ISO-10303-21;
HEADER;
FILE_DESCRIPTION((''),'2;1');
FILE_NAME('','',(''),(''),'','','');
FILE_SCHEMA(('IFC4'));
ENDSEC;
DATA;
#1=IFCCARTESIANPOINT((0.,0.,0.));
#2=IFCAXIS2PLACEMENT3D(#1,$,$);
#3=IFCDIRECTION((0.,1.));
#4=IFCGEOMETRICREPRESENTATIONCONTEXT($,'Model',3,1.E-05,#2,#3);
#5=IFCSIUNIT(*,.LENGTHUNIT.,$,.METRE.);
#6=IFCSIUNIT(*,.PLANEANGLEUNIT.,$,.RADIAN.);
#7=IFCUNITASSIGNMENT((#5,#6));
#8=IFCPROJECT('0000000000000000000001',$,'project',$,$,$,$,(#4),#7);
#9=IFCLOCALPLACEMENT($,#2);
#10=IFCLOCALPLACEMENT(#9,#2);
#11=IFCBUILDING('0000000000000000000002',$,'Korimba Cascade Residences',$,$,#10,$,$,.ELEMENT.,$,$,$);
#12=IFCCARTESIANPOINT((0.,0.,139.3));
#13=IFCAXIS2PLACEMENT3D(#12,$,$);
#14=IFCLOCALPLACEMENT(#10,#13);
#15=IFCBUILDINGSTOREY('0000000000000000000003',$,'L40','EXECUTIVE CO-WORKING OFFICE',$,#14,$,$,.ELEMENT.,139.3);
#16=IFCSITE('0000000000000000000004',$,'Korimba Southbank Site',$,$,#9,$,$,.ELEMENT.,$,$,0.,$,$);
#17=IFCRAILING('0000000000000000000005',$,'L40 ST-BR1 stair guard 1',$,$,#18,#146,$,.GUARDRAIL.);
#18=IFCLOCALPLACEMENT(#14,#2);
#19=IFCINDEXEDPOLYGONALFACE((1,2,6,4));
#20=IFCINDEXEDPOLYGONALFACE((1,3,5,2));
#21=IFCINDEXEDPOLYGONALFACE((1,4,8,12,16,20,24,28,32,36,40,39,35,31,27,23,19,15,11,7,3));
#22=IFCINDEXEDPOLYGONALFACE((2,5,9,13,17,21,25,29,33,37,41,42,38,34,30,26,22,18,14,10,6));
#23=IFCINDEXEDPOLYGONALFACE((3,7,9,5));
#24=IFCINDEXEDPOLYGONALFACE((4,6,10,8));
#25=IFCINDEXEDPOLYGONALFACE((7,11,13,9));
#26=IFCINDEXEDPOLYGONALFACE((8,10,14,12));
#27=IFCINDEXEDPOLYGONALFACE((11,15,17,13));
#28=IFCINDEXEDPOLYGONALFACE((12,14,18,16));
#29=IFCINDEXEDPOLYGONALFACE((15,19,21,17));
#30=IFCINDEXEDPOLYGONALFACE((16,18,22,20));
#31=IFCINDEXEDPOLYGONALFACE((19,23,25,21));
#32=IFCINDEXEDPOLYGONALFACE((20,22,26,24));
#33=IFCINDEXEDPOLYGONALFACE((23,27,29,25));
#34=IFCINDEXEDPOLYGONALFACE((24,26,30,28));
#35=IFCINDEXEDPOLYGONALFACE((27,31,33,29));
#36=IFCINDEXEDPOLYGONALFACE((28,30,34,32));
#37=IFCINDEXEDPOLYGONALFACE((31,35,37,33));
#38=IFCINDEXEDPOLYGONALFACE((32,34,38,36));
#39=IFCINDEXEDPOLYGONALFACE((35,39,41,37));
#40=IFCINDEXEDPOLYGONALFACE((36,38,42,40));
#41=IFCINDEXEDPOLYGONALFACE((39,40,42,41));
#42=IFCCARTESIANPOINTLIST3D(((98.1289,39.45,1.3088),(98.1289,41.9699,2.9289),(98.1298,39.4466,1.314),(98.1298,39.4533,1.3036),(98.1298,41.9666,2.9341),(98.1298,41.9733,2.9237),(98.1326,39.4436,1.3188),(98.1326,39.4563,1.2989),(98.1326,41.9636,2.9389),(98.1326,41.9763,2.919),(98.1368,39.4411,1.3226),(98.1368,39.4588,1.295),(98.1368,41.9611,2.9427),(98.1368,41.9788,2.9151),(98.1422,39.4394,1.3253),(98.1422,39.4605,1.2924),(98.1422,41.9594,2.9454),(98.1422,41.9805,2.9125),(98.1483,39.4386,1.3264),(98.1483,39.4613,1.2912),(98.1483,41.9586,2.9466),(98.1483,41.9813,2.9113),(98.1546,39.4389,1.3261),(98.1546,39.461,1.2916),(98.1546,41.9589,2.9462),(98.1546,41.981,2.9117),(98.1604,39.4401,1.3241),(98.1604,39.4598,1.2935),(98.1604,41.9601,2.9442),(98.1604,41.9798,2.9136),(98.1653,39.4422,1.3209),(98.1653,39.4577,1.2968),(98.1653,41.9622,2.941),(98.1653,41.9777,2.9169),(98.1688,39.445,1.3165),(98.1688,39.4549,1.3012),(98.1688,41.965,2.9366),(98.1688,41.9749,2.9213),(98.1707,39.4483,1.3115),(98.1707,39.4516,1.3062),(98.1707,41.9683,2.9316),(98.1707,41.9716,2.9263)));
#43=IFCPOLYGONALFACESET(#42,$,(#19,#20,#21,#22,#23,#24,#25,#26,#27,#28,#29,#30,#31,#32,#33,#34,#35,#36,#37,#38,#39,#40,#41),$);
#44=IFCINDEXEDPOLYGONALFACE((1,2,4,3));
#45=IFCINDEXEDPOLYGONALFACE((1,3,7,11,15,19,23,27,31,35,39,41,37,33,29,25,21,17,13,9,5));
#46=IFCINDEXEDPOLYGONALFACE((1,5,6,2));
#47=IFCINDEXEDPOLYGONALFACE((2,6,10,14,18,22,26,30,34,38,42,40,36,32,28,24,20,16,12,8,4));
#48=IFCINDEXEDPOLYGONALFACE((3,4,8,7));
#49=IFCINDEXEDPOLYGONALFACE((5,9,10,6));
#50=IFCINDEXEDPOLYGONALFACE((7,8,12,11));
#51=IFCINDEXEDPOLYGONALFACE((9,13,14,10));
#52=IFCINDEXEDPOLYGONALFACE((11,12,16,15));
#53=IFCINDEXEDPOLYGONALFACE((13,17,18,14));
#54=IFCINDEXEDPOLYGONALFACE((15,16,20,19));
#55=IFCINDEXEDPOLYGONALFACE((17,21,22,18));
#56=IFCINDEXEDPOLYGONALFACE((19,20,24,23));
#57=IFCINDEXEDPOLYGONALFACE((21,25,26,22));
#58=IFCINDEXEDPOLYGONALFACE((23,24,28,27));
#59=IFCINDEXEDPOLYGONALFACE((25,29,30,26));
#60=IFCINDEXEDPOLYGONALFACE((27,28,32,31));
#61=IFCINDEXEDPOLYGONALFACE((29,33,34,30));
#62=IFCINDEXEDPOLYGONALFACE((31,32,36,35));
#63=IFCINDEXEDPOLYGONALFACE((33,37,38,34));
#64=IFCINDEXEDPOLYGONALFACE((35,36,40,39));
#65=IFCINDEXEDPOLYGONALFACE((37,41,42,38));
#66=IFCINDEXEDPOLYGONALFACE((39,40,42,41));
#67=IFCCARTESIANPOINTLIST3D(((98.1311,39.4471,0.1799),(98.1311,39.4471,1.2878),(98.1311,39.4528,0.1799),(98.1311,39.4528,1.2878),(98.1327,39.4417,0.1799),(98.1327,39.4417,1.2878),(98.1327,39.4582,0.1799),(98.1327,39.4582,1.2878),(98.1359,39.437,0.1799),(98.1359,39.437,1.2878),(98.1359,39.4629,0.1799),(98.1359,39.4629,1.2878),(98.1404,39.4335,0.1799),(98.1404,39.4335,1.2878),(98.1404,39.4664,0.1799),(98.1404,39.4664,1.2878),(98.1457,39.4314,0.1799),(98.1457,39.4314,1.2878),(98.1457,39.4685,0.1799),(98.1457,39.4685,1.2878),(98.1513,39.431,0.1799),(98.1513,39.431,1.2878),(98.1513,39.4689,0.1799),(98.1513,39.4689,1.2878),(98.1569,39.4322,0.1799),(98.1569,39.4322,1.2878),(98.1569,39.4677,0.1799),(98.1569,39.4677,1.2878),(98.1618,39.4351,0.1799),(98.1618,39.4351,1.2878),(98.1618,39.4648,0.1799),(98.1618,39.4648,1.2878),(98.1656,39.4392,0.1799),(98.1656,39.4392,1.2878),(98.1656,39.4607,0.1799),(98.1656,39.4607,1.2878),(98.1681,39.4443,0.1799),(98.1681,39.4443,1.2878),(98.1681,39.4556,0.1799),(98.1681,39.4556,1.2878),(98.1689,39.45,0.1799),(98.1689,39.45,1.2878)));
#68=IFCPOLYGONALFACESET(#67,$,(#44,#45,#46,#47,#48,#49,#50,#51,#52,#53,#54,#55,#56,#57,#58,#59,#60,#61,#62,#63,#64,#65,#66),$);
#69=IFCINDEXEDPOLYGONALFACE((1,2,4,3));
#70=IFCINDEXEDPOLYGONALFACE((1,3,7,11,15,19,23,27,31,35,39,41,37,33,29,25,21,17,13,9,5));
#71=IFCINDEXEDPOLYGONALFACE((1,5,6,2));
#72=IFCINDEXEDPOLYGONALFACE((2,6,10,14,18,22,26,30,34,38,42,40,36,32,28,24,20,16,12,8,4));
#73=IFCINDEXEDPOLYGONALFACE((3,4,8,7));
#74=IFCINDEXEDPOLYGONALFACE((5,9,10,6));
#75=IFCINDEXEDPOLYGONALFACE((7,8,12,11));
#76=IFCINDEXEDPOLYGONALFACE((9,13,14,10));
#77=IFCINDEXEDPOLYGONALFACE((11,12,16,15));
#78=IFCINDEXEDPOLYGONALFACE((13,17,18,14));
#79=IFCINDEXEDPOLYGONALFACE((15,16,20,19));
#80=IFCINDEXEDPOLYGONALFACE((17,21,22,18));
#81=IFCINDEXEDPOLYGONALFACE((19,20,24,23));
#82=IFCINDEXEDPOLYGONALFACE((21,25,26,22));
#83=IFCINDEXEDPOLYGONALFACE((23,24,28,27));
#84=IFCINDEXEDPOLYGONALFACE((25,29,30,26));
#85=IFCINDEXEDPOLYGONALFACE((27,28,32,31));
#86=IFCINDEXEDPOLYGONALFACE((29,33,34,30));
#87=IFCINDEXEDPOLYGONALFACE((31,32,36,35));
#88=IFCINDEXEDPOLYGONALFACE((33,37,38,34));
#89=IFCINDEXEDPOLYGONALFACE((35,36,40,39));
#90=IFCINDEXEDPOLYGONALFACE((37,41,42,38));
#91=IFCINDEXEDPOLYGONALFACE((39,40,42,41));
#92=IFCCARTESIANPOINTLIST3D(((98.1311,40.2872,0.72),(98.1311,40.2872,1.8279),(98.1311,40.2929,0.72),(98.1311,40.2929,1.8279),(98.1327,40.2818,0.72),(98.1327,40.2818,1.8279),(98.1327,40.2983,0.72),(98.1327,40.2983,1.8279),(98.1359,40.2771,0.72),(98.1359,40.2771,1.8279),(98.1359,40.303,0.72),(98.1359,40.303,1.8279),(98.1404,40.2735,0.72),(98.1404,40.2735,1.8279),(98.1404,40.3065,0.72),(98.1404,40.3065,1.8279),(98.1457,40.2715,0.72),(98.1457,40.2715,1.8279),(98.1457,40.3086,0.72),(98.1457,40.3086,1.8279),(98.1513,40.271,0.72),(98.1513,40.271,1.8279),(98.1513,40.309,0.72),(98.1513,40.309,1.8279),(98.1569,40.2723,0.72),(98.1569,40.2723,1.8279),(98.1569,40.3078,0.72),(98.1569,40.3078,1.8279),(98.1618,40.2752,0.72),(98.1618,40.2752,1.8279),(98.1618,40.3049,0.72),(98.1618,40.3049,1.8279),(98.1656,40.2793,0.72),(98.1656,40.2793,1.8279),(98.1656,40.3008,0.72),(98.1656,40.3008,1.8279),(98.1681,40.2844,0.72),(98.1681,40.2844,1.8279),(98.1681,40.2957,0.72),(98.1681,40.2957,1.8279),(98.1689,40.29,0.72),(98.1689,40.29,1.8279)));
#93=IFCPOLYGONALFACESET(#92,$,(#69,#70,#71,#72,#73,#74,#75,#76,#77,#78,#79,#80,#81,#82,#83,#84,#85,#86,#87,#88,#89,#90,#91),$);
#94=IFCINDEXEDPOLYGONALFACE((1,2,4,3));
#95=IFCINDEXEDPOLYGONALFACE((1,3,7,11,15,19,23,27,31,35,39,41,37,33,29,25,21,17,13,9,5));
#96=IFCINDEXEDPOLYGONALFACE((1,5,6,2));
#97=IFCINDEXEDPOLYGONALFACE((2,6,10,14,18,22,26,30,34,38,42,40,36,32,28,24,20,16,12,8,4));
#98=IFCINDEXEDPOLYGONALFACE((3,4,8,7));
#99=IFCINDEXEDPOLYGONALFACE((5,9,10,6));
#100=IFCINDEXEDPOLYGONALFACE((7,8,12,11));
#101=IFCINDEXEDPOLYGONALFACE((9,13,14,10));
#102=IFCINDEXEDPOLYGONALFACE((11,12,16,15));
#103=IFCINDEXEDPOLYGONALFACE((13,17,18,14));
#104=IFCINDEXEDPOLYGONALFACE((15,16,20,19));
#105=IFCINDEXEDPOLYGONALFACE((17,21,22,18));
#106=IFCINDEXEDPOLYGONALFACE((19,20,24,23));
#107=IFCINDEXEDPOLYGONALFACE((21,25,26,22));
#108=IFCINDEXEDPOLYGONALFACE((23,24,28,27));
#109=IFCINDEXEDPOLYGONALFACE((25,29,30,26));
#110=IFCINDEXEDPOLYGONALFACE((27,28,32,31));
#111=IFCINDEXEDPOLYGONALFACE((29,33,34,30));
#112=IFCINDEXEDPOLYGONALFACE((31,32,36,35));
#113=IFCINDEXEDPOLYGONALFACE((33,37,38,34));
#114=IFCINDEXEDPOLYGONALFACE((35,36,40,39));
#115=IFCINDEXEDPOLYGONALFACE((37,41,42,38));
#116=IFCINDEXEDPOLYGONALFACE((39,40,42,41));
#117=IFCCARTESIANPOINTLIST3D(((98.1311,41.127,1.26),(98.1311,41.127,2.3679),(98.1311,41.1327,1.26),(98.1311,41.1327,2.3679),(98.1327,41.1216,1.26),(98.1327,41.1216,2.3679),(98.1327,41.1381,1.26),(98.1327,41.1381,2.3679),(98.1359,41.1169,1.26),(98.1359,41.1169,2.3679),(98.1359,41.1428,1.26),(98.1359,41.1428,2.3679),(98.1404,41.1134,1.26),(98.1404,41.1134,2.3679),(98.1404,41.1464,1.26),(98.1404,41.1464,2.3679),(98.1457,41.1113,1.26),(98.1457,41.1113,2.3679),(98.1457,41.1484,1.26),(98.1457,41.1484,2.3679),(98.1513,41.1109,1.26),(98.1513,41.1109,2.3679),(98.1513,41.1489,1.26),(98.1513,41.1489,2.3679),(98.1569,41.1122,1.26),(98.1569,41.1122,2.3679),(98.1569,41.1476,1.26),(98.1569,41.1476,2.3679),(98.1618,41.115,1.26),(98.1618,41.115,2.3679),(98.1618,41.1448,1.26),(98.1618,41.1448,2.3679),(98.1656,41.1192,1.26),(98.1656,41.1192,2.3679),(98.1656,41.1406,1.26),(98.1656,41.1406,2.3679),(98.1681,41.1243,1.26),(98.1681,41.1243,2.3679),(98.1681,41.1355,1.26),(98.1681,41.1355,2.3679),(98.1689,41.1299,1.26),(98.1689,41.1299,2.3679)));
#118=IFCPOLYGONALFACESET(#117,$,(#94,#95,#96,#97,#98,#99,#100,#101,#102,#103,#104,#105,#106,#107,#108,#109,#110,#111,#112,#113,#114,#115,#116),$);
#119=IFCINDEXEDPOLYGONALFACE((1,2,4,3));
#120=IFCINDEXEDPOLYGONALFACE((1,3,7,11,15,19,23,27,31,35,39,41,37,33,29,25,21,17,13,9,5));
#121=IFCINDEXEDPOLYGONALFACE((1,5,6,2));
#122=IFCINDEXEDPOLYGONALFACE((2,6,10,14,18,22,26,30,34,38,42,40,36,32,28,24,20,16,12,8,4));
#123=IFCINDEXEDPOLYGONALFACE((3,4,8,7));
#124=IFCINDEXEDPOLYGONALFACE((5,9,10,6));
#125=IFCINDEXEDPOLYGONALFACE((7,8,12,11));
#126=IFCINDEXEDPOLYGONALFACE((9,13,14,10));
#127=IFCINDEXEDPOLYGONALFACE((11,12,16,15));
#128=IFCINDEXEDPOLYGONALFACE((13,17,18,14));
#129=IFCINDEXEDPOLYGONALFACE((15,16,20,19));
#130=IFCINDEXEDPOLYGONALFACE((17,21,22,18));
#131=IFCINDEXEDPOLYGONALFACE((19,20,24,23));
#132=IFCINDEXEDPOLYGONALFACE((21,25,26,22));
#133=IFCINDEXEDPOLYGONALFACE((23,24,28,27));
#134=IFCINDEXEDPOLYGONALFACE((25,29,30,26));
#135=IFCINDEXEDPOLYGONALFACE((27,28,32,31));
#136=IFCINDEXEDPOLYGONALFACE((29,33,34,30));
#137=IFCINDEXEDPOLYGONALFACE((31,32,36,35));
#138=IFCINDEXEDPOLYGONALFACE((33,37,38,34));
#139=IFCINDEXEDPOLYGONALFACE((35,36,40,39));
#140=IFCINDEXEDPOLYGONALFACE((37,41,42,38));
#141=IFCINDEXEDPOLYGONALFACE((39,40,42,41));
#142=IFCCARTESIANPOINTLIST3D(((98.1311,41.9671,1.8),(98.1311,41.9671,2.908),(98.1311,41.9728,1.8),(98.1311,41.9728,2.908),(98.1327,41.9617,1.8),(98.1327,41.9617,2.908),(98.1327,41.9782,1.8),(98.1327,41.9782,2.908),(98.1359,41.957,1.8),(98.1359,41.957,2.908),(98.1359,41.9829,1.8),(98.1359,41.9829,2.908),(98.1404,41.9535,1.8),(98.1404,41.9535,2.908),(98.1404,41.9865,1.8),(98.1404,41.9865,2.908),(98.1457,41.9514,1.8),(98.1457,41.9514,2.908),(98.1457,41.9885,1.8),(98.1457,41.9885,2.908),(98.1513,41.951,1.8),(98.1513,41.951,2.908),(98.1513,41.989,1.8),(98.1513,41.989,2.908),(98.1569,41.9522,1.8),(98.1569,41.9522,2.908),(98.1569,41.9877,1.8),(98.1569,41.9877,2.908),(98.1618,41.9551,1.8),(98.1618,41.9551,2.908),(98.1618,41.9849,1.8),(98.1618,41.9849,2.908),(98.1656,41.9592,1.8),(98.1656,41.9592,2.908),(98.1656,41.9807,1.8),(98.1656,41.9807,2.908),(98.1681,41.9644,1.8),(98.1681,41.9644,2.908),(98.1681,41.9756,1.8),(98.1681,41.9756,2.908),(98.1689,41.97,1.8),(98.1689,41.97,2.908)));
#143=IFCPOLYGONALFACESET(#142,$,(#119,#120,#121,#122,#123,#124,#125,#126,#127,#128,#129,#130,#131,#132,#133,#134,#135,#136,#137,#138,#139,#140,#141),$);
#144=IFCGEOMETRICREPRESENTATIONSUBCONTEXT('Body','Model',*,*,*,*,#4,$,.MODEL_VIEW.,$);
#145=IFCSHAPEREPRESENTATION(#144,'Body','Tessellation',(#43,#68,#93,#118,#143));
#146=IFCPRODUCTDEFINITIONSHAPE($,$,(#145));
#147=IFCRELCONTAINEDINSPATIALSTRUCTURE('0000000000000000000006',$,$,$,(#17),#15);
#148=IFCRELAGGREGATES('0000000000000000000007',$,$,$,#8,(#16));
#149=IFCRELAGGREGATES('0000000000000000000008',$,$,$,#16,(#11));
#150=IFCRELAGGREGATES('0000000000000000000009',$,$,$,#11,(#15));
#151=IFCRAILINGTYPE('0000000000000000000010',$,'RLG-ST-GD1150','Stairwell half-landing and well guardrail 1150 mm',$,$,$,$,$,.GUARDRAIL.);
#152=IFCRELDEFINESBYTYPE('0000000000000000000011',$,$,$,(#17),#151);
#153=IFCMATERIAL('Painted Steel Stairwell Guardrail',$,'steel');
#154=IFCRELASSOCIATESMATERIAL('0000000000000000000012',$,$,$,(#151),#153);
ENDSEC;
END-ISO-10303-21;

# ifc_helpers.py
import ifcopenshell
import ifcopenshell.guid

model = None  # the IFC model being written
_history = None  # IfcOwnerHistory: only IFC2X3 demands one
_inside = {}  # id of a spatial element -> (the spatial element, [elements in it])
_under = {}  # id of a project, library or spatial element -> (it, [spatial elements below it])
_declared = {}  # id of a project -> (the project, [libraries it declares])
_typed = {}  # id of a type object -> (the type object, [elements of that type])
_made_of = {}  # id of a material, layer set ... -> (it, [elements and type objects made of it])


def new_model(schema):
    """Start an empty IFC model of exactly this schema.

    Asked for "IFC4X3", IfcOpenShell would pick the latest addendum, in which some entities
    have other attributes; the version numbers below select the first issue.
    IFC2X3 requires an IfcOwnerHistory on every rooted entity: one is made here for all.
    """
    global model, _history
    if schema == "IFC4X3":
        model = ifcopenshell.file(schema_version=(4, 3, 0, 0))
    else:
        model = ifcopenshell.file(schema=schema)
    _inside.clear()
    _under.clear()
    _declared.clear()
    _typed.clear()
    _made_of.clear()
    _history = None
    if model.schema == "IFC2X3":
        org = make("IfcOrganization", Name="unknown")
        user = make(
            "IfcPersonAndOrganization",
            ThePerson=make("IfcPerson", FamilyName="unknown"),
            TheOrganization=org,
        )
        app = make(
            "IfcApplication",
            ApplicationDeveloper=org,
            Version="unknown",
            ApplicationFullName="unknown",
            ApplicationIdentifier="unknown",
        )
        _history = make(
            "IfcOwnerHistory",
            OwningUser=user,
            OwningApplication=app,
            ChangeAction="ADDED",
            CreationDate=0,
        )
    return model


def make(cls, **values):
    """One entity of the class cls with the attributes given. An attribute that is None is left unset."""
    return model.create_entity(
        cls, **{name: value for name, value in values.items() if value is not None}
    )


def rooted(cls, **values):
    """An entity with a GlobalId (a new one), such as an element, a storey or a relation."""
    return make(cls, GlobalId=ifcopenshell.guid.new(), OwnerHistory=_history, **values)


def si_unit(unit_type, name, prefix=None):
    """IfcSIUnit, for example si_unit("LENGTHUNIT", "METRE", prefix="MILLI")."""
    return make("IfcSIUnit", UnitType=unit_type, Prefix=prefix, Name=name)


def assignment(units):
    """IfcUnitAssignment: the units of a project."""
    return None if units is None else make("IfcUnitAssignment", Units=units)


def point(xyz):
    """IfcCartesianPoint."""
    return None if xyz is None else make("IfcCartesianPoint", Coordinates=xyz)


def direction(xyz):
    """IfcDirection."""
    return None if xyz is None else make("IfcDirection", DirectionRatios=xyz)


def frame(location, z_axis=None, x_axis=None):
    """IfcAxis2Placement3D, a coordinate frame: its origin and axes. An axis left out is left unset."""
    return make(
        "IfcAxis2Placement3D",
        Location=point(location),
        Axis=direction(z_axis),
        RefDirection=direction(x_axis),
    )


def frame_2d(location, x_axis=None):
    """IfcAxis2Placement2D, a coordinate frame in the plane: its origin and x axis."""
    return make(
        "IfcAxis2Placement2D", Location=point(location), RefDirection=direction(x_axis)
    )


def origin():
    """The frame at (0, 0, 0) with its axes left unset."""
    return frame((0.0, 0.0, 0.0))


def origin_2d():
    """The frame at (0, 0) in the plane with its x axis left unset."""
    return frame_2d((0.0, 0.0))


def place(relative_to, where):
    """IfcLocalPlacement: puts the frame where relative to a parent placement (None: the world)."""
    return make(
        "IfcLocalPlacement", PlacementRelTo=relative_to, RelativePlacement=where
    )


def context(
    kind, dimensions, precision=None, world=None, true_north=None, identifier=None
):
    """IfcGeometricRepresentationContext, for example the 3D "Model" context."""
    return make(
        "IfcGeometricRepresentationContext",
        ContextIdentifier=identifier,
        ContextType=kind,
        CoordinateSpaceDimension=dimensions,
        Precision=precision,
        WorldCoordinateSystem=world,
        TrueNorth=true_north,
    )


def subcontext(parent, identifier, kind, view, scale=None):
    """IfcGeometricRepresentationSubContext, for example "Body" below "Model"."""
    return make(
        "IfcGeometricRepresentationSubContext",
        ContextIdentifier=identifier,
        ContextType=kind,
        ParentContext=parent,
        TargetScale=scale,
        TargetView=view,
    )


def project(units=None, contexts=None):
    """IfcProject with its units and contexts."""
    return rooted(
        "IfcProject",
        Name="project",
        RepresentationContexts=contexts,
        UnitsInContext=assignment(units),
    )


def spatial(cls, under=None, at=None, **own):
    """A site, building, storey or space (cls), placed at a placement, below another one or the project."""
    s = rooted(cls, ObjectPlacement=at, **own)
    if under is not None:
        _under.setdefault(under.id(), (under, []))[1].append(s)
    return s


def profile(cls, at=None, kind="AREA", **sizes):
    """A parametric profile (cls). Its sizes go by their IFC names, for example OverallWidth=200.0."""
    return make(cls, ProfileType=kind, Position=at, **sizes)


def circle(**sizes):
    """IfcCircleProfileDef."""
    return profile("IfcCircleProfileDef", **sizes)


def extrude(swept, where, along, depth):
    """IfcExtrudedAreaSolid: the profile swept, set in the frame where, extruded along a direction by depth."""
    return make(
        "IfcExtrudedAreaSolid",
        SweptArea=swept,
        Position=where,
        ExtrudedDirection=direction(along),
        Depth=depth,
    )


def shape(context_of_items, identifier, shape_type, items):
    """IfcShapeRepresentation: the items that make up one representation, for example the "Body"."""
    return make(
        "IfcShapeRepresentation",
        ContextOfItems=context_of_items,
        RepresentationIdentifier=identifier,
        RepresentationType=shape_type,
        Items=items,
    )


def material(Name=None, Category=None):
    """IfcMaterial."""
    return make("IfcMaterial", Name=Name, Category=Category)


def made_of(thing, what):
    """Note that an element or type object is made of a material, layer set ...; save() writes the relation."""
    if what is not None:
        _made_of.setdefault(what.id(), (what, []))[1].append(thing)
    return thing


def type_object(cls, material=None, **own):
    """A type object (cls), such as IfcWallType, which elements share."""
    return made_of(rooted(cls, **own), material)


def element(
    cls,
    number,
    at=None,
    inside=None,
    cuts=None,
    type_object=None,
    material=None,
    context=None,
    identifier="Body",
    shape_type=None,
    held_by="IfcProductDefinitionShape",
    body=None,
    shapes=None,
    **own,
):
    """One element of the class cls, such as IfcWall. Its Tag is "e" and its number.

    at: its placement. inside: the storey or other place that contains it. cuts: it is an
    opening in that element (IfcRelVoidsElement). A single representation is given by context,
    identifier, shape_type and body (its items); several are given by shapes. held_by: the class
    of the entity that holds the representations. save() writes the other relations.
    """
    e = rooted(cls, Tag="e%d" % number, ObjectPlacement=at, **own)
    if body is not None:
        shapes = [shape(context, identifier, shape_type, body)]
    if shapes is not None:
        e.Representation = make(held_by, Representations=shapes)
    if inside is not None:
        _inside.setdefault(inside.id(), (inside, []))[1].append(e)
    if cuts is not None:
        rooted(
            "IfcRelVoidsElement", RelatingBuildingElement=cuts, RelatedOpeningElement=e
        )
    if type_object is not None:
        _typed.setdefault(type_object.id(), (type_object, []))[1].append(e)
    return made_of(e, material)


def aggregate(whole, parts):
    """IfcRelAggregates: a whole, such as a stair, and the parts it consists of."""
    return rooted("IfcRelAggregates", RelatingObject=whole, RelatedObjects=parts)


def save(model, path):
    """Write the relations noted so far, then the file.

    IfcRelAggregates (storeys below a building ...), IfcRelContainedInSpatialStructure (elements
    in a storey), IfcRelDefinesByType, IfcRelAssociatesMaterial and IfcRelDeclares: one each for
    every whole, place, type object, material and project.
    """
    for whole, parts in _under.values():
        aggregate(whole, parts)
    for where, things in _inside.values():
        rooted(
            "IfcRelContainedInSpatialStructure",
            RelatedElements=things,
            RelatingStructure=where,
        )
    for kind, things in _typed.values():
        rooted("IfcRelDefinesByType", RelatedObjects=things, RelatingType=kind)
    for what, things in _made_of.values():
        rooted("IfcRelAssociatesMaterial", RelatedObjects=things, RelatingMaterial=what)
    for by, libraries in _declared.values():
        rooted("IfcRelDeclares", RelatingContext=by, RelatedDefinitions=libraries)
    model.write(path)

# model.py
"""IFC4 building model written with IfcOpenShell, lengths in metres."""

from ifc_helpers import new_model, si_unit, direction, frame, origin, origin_2d, place, context, subcontext, project, spatial, circle, extrude, material, type_object, element, save


model = new_model("IFC4")

# Units and contexts
model_context = context("Model", 3, precision=1e-05, world=origin(), true_north=direction((0.0, 1.0)))
body_context = subcontext(model_context, "Body", "Model", "MODEL_VIEW")
ifc_project = project(units=[si_unit("LENGTHUNIT", "METRE"), si_unit("PLANEANGLEUNIT", "RADIAN")], contexts=[model_context])

# Site, building, storey
site_placement = place(None, origin())
site = spatial("IfcSite", under=ifc_project, at=site_placement, Name="Korimba Southbank Site", CompositionType="ELEMENT", RefElevation=0.0)
building_placement = place(site_placement, origin())
building = spatial("IfcBuilding", under=site, at=building_placement, Name="Korimba Cascade Residences", CompositionType="ELEMENT")
storey_placement = place(building_placement, frame((0.0, 0.0, 139.3)))
storey = spatial("IfcBuildingStorey", under=building, at=storey_placement, Name="L40", Description="EXECUTIVE CO-WORKING OFFICE", CompositionType="ELEMENT", Elevation=139.3)

# Railing
ifc_material_1 = material(Name="Painted Steel Stairwell Guardrail", Category="steel")
railing_type_1 = type_object("IfcRailingType", Name="RLG-ST-GD1150", Description="Stairwell half-landing and well guardrail 1150 mm", PredefinedType="GUARDRAIL", material=ifc_material_1)
railing_1_placement = place(storey_placement, frame((98.1499, 39.45, 0.1799)))
element("IfcRailing", 1, at=railing_1_placement, inside=storey, type_object=railing_type_1, Name="L40 ST-BR1 stair guard 1", PredefinedType="GUARDRAIL", context=body_context, shape_type="SweptSolid", body=[
    extrude(circle(Radius=0.021, at=origin_2d()), frame((0.0, 0.0, 1.1289), z_axis=(0.0, 0.841163, 0.540782), x_axis=(-1.0, 0.0, 0.0)), (0.0, 0.0, 1.0), 2.9958),
    extrude(circle(Radius=0.019, at=origin_2d()), origin(), (0.0, 0.0, 1.0), 1.1079),
    extrude(circle(Radius=0.019, at=origin_2d()), frame((0.0, 0.8401, 0.54)), (0.0, 0.0, 1.0), 1.1079),
    extrude(circle(Radius=0.019, at=origin_2d()), frame((0.0, 1.6799, 1.0801)), (0.0, 0.0, 1.0), 1.1079),
    extrude(circle(Radius=0.019, at=origin_2d()), frame((0.0, 2.52, 1.6201)), (0.0, 0.0, 1.0), 1.1079),
])

save(model, "model.ifc")
